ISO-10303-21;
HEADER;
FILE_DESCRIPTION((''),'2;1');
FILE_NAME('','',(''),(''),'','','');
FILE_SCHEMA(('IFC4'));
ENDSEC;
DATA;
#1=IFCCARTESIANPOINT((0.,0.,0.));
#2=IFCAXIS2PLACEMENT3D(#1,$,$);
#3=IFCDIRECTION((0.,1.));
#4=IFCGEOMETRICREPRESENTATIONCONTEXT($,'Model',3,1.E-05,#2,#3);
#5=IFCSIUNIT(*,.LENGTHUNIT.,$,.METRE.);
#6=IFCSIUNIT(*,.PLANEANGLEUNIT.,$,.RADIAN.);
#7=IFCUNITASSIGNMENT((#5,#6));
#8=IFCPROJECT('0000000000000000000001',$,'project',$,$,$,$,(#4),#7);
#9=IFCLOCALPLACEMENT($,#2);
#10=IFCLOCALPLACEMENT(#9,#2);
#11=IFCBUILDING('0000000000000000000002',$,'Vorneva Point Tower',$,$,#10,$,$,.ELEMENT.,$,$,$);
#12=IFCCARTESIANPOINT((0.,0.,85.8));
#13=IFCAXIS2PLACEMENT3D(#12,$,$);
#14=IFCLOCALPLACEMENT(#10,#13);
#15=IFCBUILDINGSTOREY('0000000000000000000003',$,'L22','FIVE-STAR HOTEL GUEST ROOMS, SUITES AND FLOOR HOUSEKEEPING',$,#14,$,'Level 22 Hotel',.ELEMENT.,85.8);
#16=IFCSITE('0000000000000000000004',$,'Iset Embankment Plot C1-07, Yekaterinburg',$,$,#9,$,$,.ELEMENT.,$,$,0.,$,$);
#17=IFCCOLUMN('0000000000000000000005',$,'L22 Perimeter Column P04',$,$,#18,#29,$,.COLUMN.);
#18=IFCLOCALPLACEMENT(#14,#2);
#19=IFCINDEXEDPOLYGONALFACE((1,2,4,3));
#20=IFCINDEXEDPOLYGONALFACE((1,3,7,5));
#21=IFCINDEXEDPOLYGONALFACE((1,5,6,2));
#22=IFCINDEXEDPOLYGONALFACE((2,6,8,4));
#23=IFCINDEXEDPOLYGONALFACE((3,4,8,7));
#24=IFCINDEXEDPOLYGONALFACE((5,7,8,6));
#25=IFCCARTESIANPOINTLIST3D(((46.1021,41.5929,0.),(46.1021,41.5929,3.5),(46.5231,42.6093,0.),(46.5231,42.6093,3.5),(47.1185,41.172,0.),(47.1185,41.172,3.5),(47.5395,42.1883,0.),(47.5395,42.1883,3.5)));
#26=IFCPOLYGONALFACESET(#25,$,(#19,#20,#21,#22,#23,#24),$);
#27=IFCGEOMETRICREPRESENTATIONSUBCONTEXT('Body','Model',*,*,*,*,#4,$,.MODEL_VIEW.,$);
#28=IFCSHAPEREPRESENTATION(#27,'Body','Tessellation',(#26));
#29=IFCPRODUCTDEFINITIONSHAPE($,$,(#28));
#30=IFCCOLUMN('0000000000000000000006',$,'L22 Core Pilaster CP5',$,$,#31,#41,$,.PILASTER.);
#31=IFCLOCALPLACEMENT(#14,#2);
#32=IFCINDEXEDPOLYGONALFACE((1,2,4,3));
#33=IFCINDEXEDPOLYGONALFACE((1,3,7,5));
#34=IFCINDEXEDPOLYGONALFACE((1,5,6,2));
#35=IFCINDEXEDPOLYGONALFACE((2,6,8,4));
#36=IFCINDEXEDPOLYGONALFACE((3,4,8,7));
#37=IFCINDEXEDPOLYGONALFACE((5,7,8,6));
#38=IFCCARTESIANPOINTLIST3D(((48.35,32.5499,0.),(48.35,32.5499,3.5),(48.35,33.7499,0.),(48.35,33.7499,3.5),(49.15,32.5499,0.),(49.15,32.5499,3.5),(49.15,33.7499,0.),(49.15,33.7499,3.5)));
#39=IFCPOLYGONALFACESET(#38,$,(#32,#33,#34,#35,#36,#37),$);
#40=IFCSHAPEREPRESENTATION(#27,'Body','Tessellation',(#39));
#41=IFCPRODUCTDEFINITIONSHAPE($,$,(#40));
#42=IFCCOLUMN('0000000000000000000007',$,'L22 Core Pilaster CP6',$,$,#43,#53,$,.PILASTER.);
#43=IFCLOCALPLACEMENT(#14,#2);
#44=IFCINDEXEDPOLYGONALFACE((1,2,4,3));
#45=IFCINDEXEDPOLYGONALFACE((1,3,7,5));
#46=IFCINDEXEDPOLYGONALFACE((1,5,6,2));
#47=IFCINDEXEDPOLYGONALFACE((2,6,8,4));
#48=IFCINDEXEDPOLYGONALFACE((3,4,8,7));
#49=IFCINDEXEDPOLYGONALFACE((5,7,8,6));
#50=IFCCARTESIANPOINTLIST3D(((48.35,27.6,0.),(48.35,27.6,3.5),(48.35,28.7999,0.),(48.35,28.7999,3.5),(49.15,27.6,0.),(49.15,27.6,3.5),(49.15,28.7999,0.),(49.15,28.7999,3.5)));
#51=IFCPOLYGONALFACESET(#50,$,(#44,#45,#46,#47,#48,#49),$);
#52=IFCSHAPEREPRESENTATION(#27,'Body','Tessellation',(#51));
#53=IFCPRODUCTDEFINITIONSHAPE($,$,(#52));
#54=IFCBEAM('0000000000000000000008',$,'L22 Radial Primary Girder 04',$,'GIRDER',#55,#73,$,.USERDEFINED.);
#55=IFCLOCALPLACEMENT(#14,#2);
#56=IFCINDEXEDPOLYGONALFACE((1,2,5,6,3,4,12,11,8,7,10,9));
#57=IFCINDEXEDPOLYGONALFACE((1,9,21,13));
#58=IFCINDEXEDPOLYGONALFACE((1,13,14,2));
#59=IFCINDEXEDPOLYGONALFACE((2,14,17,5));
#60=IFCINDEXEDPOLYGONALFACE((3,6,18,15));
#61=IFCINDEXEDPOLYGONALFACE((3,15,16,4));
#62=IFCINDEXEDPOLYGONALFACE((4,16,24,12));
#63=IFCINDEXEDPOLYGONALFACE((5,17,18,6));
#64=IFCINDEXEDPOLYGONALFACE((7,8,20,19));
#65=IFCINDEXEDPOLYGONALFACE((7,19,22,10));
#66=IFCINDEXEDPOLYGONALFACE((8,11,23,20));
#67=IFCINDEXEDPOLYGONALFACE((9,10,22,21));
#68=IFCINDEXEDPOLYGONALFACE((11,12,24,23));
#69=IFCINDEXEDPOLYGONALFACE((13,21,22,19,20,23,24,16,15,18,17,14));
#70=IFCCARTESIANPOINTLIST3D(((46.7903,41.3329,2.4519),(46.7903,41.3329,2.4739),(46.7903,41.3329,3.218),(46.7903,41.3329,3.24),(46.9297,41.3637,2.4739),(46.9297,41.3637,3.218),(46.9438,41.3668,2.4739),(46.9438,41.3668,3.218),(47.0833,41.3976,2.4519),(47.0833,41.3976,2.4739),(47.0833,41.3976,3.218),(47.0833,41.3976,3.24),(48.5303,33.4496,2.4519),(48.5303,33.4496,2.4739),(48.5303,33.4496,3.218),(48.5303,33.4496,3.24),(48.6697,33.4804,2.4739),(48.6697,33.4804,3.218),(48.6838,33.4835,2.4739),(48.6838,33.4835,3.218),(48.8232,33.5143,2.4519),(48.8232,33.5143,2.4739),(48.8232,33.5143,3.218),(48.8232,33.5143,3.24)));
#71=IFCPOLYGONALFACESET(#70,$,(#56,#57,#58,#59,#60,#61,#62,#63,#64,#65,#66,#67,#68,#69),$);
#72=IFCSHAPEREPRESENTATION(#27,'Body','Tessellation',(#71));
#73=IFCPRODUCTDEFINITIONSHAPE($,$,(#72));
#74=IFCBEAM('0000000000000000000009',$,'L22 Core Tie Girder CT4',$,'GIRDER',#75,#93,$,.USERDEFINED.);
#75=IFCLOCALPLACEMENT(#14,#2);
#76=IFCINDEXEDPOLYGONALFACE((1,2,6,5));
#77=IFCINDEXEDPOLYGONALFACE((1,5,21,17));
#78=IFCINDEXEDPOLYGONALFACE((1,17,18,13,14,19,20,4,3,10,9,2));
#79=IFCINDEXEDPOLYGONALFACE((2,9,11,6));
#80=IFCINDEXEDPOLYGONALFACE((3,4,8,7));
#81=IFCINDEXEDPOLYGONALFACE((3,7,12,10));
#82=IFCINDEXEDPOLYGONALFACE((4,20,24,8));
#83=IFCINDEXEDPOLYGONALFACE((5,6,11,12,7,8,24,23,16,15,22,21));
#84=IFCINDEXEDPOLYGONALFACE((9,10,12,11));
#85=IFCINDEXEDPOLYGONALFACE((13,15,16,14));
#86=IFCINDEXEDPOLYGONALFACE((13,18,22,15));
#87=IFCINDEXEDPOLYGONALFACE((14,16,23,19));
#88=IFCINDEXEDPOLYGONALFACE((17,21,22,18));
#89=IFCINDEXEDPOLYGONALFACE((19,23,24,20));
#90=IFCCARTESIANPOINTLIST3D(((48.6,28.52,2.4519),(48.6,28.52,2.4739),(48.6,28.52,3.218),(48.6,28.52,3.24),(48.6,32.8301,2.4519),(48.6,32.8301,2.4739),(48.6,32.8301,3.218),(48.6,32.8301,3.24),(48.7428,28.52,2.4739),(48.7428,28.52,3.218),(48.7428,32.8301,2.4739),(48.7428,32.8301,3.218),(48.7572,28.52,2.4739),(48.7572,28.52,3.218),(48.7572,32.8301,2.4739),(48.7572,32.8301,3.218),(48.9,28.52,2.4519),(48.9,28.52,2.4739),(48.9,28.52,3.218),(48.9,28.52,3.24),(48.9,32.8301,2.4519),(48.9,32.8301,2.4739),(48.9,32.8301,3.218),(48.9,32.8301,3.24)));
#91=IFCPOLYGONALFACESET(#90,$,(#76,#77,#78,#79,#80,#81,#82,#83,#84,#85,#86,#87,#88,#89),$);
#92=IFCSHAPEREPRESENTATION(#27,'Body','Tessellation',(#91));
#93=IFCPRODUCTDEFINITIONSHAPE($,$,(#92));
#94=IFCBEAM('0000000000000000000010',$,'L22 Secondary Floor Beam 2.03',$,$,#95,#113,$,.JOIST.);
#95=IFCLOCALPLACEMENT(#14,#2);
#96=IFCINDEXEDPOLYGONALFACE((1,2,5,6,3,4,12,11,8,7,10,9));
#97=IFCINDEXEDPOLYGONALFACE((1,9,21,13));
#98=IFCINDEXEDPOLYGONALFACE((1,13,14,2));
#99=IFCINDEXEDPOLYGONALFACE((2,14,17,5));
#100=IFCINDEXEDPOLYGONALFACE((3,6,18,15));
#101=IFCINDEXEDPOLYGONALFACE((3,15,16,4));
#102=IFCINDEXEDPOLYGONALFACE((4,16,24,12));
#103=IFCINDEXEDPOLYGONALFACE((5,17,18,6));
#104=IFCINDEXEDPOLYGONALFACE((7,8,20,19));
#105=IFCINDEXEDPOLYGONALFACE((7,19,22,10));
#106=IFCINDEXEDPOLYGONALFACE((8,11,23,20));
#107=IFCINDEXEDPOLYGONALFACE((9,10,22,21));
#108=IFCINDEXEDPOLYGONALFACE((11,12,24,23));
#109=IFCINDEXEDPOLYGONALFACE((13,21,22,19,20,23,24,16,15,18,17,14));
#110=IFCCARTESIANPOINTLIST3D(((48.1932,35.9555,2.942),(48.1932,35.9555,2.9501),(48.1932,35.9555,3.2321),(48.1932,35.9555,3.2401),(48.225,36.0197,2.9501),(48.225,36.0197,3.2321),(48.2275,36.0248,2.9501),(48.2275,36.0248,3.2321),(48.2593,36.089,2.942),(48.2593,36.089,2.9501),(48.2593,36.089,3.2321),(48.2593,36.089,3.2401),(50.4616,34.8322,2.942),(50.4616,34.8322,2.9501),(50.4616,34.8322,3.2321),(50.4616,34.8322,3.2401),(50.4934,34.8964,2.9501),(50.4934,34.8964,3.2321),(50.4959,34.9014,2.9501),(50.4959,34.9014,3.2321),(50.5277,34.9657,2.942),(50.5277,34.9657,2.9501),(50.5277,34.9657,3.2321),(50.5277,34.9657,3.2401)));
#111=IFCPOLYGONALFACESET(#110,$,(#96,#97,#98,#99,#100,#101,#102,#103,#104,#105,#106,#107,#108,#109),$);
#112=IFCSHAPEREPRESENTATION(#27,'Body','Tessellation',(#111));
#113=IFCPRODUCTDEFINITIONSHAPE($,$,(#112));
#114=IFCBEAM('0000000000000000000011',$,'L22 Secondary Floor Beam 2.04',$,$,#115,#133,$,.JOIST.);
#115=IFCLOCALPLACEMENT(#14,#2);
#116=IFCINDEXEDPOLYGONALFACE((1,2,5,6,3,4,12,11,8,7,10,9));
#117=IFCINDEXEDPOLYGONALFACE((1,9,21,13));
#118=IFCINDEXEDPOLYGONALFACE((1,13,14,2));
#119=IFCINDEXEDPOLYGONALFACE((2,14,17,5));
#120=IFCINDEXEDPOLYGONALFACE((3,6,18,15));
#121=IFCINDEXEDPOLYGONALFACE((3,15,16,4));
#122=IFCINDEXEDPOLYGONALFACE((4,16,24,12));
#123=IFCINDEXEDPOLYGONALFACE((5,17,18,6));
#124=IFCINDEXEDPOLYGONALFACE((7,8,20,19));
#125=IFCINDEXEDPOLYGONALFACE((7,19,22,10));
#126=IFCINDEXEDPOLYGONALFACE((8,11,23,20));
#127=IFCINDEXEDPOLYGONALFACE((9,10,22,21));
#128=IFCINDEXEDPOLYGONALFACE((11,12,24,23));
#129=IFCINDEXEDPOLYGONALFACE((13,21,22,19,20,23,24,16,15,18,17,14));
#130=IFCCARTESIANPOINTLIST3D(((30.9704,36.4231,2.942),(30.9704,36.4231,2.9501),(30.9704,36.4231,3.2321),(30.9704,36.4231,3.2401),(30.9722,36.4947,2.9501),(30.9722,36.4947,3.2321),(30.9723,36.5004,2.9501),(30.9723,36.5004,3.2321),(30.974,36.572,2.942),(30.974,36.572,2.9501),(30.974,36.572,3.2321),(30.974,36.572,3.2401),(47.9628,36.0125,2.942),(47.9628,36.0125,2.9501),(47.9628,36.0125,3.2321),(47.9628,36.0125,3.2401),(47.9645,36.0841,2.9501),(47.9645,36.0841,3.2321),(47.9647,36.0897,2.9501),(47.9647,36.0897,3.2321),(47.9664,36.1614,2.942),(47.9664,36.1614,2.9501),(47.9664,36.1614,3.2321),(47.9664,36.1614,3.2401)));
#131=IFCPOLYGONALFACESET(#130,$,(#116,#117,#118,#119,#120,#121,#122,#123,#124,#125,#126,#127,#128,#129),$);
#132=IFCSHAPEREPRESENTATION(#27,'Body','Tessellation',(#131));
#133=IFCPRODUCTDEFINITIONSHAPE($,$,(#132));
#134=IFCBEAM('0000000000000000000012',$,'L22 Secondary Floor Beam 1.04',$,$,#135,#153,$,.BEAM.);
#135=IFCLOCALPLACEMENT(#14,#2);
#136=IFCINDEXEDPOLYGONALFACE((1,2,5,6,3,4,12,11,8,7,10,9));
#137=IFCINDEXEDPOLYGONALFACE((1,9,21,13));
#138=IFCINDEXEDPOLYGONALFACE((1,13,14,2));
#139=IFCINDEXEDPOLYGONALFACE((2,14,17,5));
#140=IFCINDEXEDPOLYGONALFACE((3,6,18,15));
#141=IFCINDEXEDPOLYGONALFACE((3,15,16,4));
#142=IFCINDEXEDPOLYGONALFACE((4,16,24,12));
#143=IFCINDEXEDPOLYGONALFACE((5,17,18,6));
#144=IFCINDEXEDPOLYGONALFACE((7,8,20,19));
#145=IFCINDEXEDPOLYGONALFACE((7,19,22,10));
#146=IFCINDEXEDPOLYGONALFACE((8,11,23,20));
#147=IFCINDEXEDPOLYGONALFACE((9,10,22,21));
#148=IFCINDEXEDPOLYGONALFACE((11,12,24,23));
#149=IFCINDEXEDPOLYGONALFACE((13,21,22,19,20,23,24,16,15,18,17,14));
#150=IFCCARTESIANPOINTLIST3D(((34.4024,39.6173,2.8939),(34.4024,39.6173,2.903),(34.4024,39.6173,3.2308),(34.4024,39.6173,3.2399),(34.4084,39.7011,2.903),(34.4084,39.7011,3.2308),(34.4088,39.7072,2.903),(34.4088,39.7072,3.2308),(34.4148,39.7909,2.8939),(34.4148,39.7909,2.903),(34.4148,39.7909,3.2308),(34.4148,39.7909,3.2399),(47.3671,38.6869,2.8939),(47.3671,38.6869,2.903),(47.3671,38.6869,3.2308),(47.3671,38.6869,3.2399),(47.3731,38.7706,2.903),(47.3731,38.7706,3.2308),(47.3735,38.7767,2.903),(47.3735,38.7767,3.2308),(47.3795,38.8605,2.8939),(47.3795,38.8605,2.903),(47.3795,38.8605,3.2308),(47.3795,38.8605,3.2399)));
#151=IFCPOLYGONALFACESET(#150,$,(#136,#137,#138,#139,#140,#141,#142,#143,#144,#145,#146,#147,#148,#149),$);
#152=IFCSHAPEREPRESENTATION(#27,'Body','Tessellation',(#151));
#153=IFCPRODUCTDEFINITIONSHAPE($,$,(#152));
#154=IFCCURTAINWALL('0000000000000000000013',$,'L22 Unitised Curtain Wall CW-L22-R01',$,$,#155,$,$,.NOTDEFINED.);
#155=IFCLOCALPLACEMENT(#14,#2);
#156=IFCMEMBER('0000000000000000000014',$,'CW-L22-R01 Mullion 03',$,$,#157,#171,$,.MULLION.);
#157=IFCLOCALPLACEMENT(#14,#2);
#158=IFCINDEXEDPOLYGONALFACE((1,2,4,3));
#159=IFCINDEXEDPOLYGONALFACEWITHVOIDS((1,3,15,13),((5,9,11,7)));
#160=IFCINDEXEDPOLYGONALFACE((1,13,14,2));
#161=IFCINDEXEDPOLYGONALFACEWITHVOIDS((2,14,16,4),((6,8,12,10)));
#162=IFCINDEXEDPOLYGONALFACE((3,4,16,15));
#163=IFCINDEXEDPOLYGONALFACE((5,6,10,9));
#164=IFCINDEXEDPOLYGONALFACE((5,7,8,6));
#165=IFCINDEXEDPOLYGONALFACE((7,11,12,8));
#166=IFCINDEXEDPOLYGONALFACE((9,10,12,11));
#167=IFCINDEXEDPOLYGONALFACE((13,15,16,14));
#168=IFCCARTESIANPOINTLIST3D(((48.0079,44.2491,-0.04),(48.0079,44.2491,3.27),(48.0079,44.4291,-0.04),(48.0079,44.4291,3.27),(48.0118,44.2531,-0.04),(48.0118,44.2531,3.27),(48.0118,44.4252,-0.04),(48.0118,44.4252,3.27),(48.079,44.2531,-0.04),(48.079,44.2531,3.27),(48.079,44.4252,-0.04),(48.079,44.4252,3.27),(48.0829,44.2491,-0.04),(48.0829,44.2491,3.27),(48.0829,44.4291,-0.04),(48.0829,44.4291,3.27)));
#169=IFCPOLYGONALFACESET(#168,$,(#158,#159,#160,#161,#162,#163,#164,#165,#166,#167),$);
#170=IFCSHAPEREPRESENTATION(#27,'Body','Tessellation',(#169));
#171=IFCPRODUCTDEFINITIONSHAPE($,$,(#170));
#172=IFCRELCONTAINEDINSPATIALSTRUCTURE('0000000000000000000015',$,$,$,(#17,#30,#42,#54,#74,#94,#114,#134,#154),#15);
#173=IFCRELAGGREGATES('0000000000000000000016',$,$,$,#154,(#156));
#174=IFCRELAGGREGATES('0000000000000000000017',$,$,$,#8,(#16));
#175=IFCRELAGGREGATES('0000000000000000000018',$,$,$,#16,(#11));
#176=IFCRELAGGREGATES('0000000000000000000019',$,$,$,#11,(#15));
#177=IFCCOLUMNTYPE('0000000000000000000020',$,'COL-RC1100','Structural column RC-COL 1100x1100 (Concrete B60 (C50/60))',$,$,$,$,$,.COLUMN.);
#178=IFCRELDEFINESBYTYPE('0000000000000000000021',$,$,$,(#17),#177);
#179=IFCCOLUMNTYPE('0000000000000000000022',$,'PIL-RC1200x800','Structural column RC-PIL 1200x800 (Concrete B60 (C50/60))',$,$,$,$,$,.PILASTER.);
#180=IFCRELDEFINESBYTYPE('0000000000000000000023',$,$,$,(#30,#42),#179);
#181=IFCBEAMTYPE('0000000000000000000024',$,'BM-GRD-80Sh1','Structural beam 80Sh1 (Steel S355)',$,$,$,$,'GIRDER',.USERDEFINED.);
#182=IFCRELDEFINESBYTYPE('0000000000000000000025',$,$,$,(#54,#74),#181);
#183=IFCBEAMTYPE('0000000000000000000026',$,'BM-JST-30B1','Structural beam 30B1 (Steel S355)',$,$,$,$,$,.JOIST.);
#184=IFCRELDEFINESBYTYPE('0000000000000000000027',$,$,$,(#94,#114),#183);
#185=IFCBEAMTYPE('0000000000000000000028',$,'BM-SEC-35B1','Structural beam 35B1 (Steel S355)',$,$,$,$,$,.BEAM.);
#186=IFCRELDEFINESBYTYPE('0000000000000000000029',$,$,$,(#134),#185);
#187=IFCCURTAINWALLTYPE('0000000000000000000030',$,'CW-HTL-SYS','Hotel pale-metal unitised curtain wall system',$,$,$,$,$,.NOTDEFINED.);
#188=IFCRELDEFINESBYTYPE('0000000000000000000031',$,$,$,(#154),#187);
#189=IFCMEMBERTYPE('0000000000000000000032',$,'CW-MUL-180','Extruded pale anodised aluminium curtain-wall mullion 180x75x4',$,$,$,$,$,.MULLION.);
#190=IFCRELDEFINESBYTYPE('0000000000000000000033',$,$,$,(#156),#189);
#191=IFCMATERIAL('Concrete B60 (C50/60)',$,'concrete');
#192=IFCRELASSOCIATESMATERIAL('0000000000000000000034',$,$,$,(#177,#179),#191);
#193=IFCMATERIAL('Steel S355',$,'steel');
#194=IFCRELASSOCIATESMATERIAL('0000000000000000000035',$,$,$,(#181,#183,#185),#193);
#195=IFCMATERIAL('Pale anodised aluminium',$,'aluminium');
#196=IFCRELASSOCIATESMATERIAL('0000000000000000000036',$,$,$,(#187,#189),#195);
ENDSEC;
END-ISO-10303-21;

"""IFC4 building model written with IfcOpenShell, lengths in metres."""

from ifc_helpers import new_model, si_unit, direction, frame, origin, origin_2d, place, context, subcontext, project, spatial, rectangle, hollow_rectangle, i_section, extrude, material, material_profile, profile_set, type_object, element, aggregate, save


model = new_model("IFC4")

# Units and contexts
model_context = context("Model", 3, precision=1e-05, world=origin(), true_north=direction((0.0, 1.0)))
body_context = subcontext(model_context, "Body", "Model", "MODEL_VIEW")
ifc_project = project(units=[si_unit("LENGTHUNIT", "METRE"), si_unit("PLANEANGLEUNIT", "RADIAN")], contexts=[model_context])

# Site, building, storey
site_placement = place(None, origin())
site = spatial("IfcSite", under=ifc_project, at=site_placement, Name="Iset Embankment Plot C1-07, Yekaterinburg", CompositionType="ELEMENT", RefElevation=0.0)
building_placement = place(site_placement, origin())
building = spatial("IfcBuilding", under=site, at=building_placement, Name="Vorneva Point Tower", CompositionType="ELEMENT")
storey_placement = place(building_placement, frame((0.0, 0.0, 85.8)))
storey = spatial("IfcBuildingStorey", under=building, at=storey_placement, Name="L22", Description="FIVE-STAR HOTEL GUEST ROOMS, SUITES AND FLOOR HOUSEKEEPING", LongName="Level 22 Hotel", CompositionType="ELEMENT", Elevation=85.8)

# Columns
ifc_material_1 = material(Name="Concrete B60 (C50/60)", Category="concrete")
ifc_material_profile_1 = material_profile(ifc_material_1, rectangle(XDim=1.1001, YDim=1.1001, at=origin_2d()), Name="RC-COL 1100x1100")
ifc_profile_set_1 = profile_set([ifc_material_profile_1], Name="Concrete B60 (C50/60)")
column_type_1 = type_object("IfcColumnType", Name="COL-RC1100", Description="Structural column RC-COL 1100x1100 (Concrete B60 (C50/60))", PredefinedType="COLUMN", material=ifc_profile_set_1)
column_placement = place(storey_placement, frame((46.8208, 41.8906, 0.0), z_axis=(0.0, 0.0, 1.0), x_axis=(0.382683, 0.92388, 0.0)))
element("IfcColumn", 1, at=column_placement, inside=storey, type_object=column_type_1, Name="L22 Perimeter Column P04", PredefinedType="COLUMN", context=body_context, shape_type="SweptSolid", body=[
    extrude(rectangle(XDim=1.1001, YDim=1.1001, at=origin_2d()), origin(), (0.0, 0.0, 1.0), 3.5),
])
ifc_material_profile_2 = material_profile(ifc_material_1, rectangle(XDim=0.8, YDim=1.2, at=origin_2d()), Name="RC-PIL 1200x800")
ifc_profile_set_2 = profile_set([ifc_material_profile_2], Name="Concrete B60 (C50/60)")
column_type_2 = type_object("IfcColumnType", Name="PIL-RC1200x800", Description="Structural column RC-PIL 1200x800 (Concrete B60 (C50/60))", PredefinedType="PILASTER", material=ifc_profile_set_2)
for number, where, z_axis, x_axis, name in (
    (2, (48.75, 33.1499, 0.0), (0.0, 0.0, 1.0), (1.0, 0.0, 0.0), "L22 Core Pilaster CP5"),
    (3, (48.75, 28.2, 0.0), (0.0, 0.0, 1.0), (1.0, 0.0, 0.0), "L22 Core Pilaster CP6"),
):
    element("IfcColumn", number, at=place(storey_placement, frame(where, z_axis=z_axis, x_axis=x_axis)), inside=storey, type_object=column_type_2, Name=name, PredefinedType="PILASTER", context=body_context, shape_type="SweptSolid", body=[
        extrude(rectangle(XDim=0.8, YDim=1.2, at=origin_2d()), origin(), (0.0, 0.0, 1.0), 3.5),
    ])

# Beams
ifc_material_2 = material(Name="Steel S355", Category="steel")
ifc_material_profile_3 = material_profile(ifc_material_2, i_section(OverallWidth=0.3, OverallDepth=0.7881, WebThickness=0.0144, FlangeThickness=0.022, at=origin_2d()), Name="80Sh1")
ifc_profile_set_3 = profile_set([ifc_material_profile_3], Name="Steel S355")
beam_type_1 = type_object("IfcBeamType", Name="BM-GRD-80Sh1", Description="Structural beam 80Sh1 (Steel S355)", ElementType="GIRDER", PredefinedType="USERDEFINED", material=ifc_profile_set_3)
beam_1_placement = place(storey_placement, frame((46.9368, 41.3652, 2.8459), z_axis=(0.215531, -0.976497, 0.0), x_axis=(0.976497, 0.215531, 0.0)))
element("IfcBeam", 4, at=beam_1_placement, inside=storey, type_object=beam_type_1, Name="L22 Radial Primary Girder 04", ObjectType="GIRDER", PredefinedType="USERDEFINED", context=body_context, shape_type="SweptSolid", body=[
    extrude(i_section(OverallWidth=0.3, OverallDepth=0.7881, WebThickness=0.0144, FlangeThickness=0.022, at=origin_2d()), origin(), (0.0, 0.0, 1.0), 8.073),
])
beam_2_placement = place(storey_placement, frame((48.75, 28.52, 2.8459), z_axis=(0.0, 1.0, 0.0), x_axis=(-1.0, 0.0, 0.0)))
element("IfcBeam", 5, at=beam_2_placement, inside=storey, type_object=beam_type_1, Name="L22 Core Tie Girder CT4", ObjectType="GIRDER", PredefinedType="USERDEFINED", context=body_context, shape_type="SweptSolid", body=[
    extrude(i_section(OverallWidth=0.3, OverallDepth=0.7881, WebThickness=0.0144, FlangeThickness=0.022, at=origin_2d()), origin(), (0.0, 0.0, 1.0), 4.3101),
])
ifc_material_profile_4 = material_profile(ifc_material_2, i_section(OverallWidth=0.1489, OverallDepth=0.2981, WebThickness=0.0056, FlangeThickness=0.0081, at=origin_2d()), Name="30B1")
ifc_profile_set_4 = profile_set([ifc_material_profile_4], Name="Steel S355")
beam_type_2 = type_object("IfcBeamType", Name="BM-JST-30B1", Description="Structural beam 30B1 (Steel S355)", PredefinedType="JOIST", material=ifc_profile_set_4)
beam_3_placement = place(storey_placement, frame((50.4946, 34.8989, 3.0911), z_axis=(-0.896137, 0.443777, 0.0), x_axis=(-0.443777, -0.896137, 0.0)))
element("IfcBeam", 6, at=beam_3_placement, inside=storey, type_object=beam_type_2, Name="L22 Secondary Floor Beam 2.03", PredefinedType="JOIST", context=body_context, shape_type="SweptSolid", body=[
    extrude(i_section(OverallWidth=0.1489, OverallDepth=0.2981, WebThickness=0.0056, FlangeThickness=0.0081, at=origin_2d()), origin(), (0.0, 0.0, 1.0), 2.5312),
])
beam_4_placement = place(storey_placement, frame((47.9646, 36.0869, 3.0911), z_axis=(-0.999708, 0.024159, 0.0), x_axis=(-0.024159, -0.999708, 0.0)))
element("IfcBeam", 7, at=beam_4_placement, inside=storey, type_object=beam_type_2, Name="L22 Secondary Floor Beam 2.04", PredefinedType="JOIST", context=body_context, shape_type="SweptSolid", body=[
    extrude(i_section(OverallWidth=0.1489, OverallDepth=0.2981, WebThickness=0.0056, FlangeThickness=0.0081, at=origin_2d()), origin(), (0.0, 0.0, 1.0), 16.9973),
])
ifc_material_profile_5 = material_profile(ifc_material_2, i_section(OverallWidth=0.1741, OverallDepth=0.3459, WebThickness=0.0061, FlangeThickness=0.009, at=origin_2d()), Name="35B1")
ifc_profile_set_5 = profile_set([ifc_material_profile_5], Name="Steel S355")
beam_type_3 = type_object("IfcBeamType", Name="BM-SEC-35B1", Description="Structural beam 35B1 (Steel S355)", PredefinedType="BEAM", material=ifc_profile_set_5)
beam_5_placement = place(storey_placement, frame((47.3733, 38.7737, 3.0669), z_axis=(-0.997435, 0.071582, 0.0), x_axis=(-0.071582, -0.997435, 0.0)))
element("IfcBeam", 8, at=beam_5_placement, inside=storey, type_object=beam_type_3, Name="L22 Secondary Floor Beam 1.04", PredefinedType="BEAM", context=body_context, shape_type="SweptSolid", body=[
    extrude(i_section(OverallWidth=0.1741, OverallDepth=0.3459, WebThickness=0.0061, FlangeThickness=0.009, at=origin_2d()), origin(), (0.0, 0.0, 1.0), 12.998),
])

# Curtain wall, member
ifc_material_3 = material(Name="Pale anodised aluminium", Category="aluminium")
curtain_wall_type = type_object("IfcCurtainWallType", Name="CW-HTL-SYS", Description="Hotel pale-metal unitised curtain wall system", PredefinedType="NOTDEFINED", material=ifc_material_3)
curtain_wall_placement = place(storey_placement, origin())
curtain_wall = element("IfcCurtainWall", 9, at=curtain_wall_placement, inside=storey, type_object=curtain_wall_type, Name="L22 Unitised Curtain Wall CW-L22-R01", PredefinedType="NOTDEFINED")
ifc_material_profile_6 = material_profile(ifc_material_3, hollow_rectangle(XDim=0.075, YDim=0.1799, WallThickness=0.0039, at=origin_2d()), Name="AL-MUL 180x75x4")
ifc_profile_set_6 = profile_set([ifc_material_profile_6], Name="Pale anodised aluminium")
member_type_1 = type_object("IfcMemberType", Name="CW-MUL-180", Description="Extruded pale anodised aluminium curtain-wall mullion 180x75x4", PredefinedType="MULLION", material=ifc_profile_set_6)
member_1_placement = place(storey_placement, frame((48.0454, 44.3391, -0.04), z_axis=(0.0, 0.0, 1.0), x_axis=(1.0, 0.0, 0.0)))
member_1 = element("IfcMember", 10, at=member_1_placement, type_object=member_type_1, Name="CW-L22-R01 Mullion 03", PredefinedType="MULLION", context=body_context, shape_type="SweptSolid", body=[
    extrude(hollow_rectangle(XDim=0.075, YDim=0.1799, WallThickness=0.0039, at=origin_2d()), origin(), (0.0, 0.0, 1.0), 3.3101),
])
aggregate(curtain_wall, [member_1])

save(model, "model.ifc")
